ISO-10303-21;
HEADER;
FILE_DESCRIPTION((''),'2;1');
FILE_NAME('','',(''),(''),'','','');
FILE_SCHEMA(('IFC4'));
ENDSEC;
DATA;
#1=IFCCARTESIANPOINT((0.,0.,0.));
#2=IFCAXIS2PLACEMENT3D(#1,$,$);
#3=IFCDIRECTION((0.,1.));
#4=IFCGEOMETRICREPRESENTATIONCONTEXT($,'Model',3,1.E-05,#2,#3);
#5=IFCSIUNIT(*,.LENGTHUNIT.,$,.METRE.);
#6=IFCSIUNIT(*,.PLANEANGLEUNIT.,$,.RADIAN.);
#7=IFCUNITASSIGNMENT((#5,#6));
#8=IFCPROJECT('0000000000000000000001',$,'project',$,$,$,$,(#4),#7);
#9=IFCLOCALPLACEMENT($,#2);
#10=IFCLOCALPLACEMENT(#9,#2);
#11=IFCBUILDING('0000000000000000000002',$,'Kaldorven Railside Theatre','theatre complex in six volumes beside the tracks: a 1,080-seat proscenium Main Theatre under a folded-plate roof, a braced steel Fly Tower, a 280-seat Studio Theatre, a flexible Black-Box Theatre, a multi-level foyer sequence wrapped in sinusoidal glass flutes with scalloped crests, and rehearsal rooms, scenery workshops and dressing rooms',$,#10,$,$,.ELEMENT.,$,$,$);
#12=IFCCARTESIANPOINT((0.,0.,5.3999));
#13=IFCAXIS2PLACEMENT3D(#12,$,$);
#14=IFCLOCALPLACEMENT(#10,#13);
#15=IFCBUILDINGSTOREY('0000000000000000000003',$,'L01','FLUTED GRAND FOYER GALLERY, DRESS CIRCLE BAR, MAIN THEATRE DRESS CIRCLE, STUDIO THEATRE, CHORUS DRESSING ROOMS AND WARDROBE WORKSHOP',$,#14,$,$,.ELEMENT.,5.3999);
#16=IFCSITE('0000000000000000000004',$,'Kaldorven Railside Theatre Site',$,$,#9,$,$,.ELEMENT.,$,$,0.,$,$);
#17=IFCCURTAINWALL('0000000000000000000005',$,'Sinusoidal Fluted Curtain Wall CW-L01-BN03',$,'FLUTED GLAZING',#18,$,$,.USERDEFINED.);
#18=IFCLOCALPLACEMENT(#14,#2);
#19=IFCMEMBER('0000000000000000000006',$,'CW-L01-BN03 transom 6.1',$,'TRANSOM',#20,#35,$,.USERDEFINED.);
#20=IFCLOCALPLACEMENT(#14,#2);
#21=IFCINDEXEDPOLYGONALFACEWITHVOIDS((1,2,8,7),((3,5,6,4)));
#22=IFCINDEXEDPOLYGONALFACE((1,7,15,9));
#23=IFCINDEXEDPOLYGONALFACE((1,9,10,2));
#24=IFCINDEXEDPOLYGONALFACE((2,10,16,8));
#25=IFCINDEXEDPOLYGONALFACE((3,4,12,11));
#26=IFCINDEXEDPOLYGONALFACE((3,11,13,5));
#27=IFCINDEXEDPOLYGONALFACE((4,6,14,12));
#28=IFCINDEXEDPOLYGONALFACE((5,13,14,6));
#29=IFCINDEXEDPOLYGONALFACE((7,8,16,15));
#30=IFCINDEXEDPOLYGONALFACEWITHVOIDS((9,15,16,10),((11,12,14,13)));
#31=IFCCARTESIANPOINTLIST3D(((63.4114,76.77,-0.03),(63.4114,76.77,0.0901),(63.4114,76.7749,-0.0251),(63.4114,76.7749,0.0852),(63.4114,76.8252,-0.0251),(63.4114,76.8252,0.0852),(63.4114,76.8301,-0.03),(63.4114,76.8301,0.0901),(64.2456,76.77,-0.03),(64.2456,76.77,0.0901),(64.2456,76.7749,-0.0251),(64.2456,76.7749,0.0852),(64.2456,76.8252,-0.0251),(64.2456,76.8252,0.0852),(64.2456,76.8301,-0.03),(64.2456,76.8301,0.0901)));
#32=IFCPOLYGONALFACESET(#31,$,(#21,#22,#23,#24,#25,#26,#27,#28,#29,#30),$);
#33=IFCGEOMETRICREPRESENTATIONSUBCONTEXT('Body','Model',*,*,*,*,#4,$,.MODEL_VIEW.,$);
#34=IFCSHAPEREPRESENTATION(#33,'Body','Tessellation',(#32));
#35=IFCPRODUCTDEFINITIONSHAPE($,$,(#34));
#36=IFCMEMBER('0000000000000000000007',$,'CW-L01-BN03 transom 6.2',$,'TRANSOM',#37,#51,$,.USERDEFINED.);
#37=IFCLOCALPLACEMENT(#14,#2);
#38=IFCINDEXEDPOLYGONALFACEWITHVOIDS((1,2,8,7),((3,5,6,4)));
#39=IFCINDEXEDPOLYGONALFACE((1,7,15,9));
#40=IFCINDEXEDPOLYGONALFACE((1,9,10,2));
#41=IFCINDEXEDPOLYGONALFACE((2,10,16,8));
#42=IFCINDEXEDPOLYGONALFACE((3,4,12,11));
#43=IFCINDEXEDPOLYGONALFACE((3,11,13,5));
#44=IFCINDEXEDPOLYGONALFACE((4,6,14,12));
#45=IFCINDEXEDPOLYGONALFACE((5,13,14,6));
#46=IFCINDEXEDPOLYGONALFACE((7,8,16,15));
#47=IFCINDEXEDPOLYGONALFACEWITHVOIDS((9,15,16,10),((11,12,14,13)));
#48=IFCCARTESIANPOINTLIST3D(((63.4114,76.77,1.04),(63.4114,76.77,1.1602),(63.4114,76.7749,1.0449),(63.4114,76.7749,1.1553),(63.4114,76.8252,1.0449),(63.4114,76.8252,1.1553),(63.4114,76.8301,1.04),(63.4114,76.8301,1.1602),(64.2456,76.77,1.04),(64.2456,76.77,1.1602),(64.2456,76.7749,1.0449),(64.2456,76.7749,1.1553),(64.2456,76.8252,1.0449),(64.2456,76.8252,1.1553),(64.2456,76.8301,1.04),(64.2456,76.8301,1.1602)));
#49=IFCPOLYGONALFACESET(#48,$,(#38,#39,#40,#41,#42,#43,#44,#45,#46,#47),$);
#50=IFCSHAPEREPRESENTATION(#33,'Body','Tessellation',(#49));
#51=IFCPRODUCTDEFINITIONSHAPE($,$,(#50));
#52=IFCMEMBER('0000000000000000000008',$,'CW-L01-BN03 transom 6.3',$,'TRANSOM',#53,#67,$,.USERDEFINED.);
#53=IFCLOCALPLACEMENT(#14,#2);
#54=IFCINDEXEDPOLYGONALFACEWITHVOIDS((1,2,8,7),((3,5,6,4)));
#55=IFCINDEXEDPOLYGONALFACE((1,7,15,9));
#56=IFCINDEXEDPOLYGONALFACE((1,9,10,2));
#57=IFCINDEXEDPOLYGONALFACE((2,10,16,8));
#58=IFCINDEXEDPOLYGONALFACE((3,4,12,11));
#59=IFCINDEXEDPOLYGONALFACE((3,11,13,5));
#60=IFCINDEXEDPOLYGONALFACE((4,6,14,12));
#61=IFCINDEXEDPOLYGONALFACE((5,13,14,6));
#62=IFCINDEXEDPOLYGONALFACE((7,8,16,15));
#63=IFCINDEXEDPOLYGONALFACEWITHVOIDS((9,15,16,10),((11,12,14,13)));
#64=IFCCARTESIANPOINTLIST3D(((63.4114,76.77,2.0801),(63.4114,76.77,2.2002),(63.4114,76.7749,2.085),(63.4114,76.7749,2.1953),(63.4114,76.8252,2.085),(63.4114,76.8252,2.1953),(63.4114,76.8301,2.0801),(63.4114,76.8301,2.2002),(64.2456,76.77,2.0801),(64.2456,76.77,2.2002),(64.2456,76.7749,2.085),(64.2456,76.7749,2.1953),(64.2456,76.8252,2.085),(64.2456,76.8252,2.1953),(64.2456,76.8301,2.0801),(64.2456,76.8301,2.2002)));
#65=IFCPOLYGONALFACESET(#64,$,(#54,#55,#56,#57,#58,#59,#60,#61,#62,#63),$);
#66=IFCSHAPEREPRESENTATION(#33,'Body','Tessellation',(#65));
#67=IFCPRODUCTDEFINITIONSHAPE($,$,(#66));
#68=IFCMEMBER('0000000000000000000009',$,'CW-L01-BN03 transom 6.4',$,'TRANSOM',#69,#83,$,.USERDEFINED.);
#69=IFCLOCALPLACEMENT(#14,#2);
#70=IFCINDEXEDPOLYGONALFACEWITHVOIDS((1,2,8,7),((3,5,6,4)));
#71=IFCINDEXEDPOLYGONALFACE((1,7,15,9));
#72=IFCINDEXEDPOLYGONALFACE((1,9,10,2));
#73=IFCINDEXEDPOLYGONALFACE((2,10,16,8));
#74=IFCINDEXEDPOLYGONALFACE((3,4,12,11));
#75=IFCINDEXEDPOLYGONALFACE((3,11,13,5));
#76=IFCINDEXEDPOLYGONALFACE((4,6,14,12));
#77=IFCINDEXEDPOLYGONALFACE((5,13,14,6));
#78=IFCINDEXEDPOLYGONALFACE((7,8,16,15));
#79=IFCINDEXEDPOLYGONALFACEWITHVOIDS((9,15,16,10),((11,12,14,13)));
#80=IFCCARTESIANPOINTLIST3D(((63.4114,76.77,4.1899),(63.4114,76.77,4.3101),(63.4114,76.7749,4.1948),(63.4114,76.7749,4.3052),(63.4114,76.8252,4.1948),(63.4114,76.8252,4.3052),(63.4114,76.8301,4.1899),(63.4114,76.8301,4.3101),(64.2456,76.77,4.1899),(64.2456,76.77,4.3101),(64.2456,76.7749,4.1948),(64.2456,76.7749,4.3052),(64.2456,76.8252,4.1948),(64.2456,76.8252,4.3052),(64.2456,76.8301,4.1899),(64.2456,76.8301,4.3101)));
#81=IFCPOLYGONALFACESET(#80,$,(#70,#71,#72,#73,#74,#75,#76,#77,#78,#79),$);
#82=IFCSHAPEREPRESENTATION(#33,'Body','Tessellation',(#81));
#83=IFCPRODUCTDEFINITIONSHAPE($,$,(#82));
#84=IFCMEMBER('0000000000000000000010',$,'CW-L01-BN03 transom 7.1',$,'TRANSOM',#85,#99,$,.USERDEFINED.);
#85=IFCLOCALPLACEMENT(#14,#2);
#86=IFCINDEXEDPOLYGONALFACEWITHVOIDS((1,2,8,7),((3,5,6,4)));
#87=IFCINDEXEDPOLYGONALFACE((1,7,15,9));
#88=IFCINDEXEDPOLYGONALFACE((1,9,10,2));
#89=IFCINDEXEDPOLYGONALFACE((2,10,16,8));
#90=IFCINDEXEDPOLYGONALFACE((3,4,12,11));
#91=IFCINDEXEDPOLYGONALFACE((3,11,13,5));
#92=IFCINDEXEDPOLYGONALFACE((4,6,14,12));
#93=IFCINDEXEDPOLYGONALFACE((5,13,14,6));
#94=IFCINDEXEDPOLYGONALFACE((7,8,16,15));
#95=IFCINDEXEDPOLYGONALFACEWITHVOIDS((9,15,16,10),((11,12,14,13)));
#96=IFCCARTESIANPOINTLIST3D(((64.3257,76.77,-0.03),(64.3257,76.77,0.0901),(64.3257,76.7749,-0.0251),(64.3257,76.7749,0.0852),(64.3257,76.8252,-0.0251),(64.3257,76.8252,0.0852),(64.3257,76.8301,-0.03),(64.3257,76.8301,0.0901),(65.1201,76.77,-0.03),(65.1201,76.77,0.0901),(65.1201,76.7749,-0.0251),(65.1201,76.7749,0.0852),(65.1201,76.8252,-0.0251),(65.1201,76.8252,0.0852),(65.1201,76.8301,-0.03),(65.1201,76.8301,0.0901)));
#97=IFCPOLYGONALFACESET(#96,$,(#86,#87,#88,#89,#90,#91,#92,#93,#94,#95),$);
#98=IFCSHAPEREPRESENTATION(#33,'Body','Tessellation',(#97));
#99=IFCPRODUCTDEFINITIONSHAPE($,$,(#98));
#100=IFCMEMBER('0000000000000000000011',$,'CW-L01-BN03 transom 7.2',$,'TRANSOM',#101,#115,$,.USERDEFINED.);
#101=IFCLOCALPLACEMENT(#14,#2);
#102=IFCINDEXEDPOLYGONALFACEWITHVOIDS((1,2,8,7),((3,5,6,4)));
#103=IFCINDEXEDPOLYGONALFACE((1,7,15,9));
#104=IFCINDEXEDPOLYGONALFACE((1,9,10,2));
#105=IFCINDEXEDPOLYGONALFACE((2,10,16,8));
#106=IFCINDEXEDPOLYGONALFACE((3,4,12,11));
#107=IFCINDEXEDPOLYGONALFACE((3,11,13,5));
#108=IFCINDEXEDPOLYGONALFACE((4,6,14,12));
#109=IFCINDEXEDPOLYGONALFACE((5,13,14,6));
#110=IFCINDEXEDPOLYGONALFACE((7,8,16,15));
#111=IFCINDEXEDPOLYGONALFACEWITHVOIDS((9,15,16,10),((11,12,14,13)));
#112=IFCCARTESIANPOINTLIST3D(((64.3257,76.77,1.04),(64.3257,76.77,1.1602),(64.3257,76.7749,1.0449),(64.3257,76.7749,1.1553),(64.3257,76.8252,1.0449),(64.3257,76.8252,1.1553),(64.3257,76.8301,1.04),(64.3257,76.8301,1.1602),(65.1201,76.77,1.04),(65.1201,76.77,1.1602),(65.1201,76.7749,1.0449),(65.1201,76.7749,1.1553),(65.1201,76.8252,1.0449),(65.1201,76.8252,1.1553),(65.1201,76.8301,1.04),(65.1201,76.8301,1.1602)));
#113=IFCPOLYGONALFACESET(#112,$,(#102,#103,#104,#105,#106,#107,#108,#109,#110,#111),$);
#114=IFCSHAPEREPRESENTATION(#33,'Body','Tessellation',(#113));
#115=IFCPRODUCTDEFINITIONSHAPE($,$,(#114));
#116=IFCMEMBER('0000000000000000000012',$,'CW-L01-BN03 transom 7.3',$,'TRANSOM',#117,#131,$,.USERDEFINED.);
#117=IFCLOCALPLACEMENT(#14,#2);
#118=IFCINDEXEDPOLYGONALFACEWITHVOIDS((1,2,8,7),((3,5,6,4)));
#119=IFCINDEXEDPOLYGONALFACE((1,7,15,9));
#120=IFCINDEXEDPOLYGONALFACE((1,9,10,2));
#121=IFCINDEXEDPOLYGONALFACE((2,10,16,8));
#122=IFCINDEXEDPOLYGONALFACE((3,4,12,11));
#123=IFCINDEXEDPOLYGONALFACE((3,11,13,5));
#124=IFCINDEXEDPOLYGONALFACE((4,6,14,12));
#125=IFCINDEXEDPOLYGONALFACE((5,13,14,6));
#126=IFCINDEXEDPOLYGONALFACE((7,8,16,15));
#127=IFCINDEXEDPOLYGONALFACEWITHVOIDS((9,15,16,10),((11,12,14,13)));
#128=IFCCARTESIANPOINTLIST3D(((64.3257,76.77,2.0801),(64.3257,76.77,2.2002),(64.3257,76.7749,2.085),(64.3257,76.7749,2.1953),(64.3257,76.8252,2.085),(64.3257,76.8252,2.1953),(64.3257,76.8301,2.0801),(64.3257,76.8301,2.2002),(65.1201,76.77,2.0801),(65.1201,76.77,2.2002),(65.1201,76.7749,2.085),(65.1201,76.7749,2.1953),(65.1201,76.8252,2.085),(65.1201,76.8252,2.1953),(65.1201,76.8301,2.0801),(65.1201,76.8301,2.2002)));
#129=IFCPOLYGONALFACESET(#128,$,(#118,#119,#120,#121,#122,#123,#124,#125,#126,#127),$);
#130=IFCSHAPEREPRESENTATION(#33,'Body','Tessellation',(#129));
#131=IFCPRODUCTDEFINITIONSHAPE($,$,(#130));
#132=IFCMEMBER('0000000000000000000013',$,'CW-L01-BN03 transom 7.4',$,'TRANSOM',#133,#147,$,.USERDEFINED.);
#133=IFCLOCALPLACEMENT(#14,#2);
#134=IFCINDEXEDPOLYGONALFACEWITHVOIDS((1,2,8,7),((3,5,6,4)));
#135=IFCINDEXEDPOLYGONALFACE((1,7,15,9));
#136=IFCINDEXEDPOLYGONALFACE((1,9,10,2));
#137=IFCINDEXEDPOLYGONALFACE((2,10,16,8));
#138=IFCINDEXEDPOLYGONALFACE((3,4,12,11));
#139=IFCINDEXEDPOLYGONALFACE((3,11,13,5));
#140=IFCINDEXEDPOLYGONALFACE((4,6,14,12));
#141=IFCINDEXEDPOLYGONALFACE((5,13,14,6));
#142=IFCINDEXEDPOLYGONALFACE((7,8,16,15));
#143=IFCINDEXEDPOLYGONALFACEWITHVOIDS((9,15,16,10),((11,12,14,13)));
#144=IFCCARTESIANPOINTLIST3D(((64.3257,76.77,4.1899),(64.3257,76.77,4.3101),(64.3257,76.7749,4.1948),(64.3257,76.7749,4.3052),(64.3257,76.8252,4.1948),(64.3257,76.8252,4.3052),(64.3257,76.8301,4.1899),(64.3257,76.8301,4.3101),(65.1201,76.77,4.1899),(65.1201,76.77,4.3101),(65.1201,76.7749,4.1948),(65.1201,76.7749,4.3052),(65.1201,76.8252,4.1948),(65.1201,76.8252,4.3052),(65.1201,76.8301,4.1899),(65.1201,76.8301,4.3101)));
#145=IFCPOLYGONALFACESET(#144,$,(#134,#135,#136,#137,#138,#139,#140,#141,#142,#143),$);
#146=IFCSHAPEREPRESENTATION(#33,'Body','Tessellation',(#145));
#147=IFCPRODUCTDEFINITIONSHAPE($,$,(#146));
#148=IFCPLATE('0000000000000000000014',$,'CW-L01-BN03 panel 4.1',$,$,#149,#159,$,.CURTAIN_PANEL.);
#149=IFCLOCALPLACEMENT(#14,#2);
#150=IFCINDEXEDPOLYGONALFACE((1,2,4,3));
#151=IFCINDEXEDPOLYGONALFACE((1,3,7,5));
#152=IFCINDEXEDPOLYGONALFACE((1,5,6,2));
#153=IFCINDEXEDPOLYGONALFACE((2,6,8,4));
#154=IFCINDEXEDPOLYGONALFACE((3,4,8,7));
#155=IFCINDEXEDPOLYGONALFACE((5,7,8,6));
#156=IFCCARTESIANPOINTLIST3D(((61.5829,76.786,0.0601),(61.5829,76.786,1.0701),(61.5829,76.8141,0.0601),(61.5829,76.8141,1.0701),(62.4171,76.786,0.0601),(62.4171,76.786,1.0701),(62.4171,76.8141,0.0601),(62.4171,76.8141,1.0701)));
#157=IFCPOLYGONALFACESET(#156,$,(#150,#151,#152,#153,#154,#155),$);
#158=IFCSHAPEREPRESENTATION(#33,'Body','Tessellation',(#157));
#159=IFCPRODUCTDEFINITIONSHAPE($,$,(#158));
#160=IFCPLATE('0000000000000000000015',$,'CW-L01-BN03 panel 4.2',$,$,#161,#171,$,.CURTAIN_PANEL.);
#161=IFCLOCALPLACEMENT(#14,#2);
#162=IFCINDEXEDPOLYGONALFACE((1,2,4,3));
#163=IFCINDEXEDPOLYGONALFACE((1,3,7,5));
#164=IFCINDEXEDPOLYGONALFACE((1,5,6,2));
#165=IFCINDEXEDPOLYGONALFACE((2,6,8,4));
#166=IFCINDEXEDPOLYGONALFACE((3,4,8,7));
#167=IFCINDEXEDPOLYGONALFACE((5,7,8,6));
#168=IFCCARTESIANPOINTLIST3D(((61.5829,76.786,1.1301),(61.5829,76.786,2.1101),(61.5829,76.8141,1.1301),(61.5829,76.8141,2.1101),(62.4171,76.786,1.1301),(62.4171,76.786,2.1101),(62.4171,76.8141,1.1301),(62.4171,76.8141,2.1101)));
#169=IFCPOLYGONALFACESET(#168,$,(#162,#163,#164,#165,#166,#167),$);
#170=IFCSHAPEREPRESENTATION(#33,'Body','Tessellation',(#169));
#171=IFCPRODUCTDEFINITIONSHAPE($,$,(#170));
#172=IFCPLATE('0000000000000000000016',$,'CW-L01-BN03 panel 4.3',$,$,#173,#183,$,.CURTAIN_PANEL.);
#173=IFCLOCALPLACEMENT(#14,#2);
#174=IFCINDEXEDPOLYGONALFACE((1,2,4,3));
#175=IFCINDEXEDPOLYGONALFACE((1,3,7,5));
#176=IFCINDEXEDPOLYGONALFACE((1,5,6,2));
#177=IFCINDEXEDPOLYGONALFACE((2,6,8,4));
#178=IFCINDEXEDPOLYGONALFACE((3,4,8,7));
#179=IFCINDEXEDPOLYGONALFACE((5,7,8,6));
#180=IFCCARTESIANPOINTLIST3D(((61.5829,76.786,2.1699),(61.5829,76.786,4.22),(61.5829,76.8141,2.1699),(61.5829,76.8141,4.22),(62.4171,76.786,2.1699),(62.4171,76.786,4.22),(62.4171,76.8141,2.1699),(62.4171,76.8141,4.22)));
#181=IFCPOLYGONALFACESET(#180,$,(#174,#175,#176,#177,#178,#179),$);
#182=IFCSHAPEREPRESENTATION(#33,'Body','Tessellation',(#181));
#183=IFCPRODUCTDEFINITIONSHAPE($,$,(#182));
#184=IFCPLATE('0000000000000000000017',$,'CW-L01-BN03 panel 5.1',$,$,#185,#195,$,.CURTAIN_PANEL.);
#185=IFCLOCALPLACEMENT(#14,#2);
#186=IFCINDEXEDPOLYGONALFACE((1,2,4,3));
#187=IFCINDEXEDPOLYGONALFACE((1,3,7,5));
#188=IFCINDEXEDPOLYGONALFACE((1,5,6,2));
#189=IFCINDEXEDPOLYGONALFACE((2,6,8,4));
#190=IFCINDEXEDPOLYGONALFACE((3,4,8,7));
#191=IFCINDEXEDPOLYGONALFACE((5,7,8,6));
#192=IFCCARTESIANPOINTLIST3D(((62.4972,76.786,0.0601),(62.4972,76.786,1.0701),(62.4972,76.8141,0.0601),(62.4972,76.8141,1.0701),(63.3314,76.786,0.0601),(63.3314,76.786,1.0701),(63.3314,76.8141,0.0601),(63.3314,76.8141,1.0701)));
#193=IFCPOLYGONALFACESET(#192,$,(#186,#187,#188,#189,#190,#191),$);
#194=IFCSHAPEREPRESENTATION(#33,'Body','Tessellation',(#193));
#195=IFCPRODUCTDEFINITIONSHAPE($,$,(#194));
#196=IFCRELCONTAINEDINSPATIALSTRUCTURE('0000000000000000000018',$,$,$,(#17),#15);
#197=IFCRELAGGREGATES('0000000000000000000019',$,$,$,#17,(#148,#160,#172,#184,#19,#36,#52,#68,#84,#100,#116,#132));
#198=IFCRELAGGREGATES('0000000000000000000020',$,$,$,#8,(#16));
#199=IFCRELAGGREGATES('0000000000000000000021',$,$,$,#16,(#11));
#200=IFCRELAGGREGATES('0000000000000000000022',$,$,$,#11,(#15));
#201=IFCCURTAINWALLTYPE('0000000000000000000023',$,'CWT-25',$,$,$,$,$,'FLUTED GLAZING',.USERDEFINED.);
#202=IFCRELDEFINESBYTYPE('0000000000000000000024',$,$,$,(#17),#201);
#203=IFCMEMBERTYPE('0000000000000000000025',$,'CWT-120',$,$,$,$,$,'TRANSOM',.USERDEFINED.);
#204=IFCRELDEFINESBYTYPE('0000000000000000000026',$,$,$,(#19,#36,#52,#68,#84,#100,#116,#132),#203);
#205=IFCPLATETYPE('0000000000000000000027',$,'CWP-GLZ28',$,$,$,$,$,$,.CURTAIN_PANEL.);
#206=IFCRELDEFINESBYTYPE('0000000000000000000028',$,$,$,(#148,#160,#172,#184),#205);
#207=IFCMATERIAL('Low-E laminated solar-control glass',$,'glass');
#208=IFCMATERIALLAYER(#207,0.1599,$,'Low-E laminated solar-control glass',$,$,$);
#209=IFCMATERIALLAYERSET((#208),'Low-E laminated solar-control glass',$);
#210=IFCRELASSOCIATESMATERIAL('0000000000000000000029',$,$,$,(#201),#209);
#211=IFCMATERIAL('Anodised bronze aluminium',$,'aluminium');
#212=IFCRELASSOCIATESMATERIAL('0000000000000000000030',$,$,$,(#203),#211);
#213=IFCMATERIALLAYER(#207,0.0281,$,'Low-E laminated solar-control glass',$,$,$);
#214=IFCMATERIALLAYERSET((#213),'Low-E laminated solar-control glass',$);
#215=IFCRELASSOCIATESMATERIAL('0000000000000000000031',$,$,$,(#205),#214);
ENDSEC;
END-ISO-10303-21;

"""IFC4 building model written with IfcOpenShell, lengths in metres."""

from ifc_helpers import new_model, si_unit, direction, frame, origin, origin_2d, place, context, subcontext, project, spatial, rectangle, hollow_rectangle, extrude, material, layer, layer_set, material_profile, profile_set, type_object, element, aggregate, save


model = new_model("IFC4")

# Units and contexts
model_context = context("Model", 3, precision=1e-05, world=origin(), true_north=direction((0.0, 1.0)))
body_context = subcontext(model_context, "Body", "Model", "MODEL_VIEW")
ifc_project = project(units=[si_unit("LENGTHUNIT", "METRE"), si_unit("PLANEANGLEUNIT", "RADIAN")], contexts=[model_context])

# Site, building, storey
site_placement = place(None, origin())
site = spatial("IfcSite", under=ifc_project, at=site_placement, Name="Kaldorven Railside Theatre Site", CompositionType="ELEMENT", RefElevation=0.0)
building_placement = place(site_placement, origin())
building = spatial("IfcBuilding", under=site, at=building_placement, Name="Kaldorven Railside Theatre", Description="theatre complex in six volumes beside the tracks: a 1,080-seat proscenium Main Theatre under a folded-plate roof, a braced steel Fly Tower, a 280-seat Studio Theatre, a flexible Black-Box Theatre, a multi-level foyer sequence wrapped in sinusoidal glass flutes with scalloped crests, and rehearsal rooms, scenery workshops and dressing rooms", CompositionType="ELEMENT")
storey_placement = place(building_placement, frame((0.0, 0.0, 5.3999)))
storey = spatial("IfcBuildingStorey", under=building, at=storey_placement, Name="L01", Description="FLUTED GRAND FOYER GALLERY, DRESS CIRCLE BAR, MAIN THEATRE DRESS CIRCLE, STUDIO THEATRE, CHORUS DRESSING ROOMS AND WARDROBE WORKSHOP", CompositionType="ELEMENT", Elevation=5.3999)

# Curtain wall, members, plates
ifc_material_1 = material(Name="Low-E laminated solar-control glass", Category="glass")
ifc_layer_1 = layer(ifc_material_1, 0.1599, Name="Low-E laminated solar-control glass")
ifc_layer_set_1 = layer_set([ifc_layer_1], Name="Low-E laminated solar-control glass")
curtain_wall_type = type_object("IfcCurtainWallType", Name="CWT-25", ElementType="FLUTED GLAZING", PredefinedType="USERDEFINED", material=ifc_layer_set_1)
curtain_wall_placement = place(storey_placement, origin())
curtain_wall = element("IfcCurtainWall", 1, at=curtain_wall_placement, inside=storey, type_object=curtain_wall_type, Name="Sinusoidal Fluted Curtain Wall CW-L01-BN03", ObjectType="FLUTED GLAZING", PredefinedType="USERDEFINED")
ifc_material_2 = material(Name="Anodised bronze aluminium", Category="aluminium")
ifc_material_profile_1 = material_profile(ifc_material_2, hollow_rectangle(XDim=0.0601, YDim=0.1201, WallThickness=0.0049, at=origin_2d()), Name="RHS 120x60x5")
ifc_profile_set_1 = profile_set([ifc_material_profile_1], Name="Anodised bronze aluminium")
member_type_1 = type_object("IfcMemberType", Name="CWT-120", ElementType="TRANSOM", PredefinedType="USERDEFINED", material=ifc_profile_set_1)
member_1_placement = place(storey_placement, frame((63.4114, 76.8, 0.03), z_axis=(1.0, 0.0, 0.0), x_axis=(0.0, 1.0, 0.0)))
member_1 = element("IfcMember", 2, at=member_1_placement, type_object=member_type_1, Name="CW-L01-BN03 transom 6.1", ObjectType="TRANSOM", PredefinedType="USERDEFINED", context=body_context, shape_type="SweptSolid", body=[
    extrude(hollow_rectangle(XDim=0.0601, YDim=0.1201, WallThickness=0.0049, at=origin_2d()), origin(), (0.0, 0.0, 1.0), 0.8342),
])
member_2_placement = place(storey_placement, frame((63.4114, 76.8, 1.1001), z_axis=(1.0, 0.0, 0.0), x_axis=(0.0, 1.0, 0.0)))
member_2 = element("IfcMember", 3, at=member_2_placement, type_object=member_type_1, Name="CW-L01-BN03 transom 6.2", ObjectType="TRANSOM", PredefinedType="USERDEFINED", context=body_context, shape_type="SweptSolid", body=[
    extrude(hollow_rectangle(XDim=0.0601, YDim=0.1201, WallThickness=0.0049, at=origin_2d()), origin(), (0.0, 0.0, 1.0), 0.8342),
])
member_3_placement = place(storey_placement, frame((63.4114, 76.8, 2.1401), z_axis=(1.0, 0.0, 0.0), x_axis=(0.0, 1.0, 0.0)))
member_3 = element("IfcMember", 4, at=member_3_placement, type_object=member_type_1, Name="CW-L01-BN03 transom 6.3", ObjectType="TRANSOM", PredefinedType="USERDEFINED", context=body_context, shape_type="SweptSolid", body=[
    extrude(hollow_rectangle(XDim=0.0601, YDim=0.1201, WallThickness=0.0049, at=origin_2d()), origin(), (0.0, 0.0, 1.0), 0.8342),
])
member_4_placement = place(storey_placement, frame((63.4114, 76.8, 4.25), z_axis=(1.0, 0.0, 0.0), x_axis=(0.0, 1.0, 0.0)))
member_4 = element("IfcMember", 5, at=member_4_placement, type_object=member_type_1, Name="CW-L01-BN03 transom 6.4", ObjectType="TRANSOM", PredefinedType="USERDEFINED", context=body_context, shape_type="SweptSolid", body=[
    extrude(hollow_rectangle(XDim=0.0601, YDim=0.1201, WallThickness=0.0049, at=origin_2d()), origin(), (0.0, 0.0, 1.0), 0.8342),
])
member_5_placement = place(storey_placement, frame((64.3257, 76.8, 0.03), z_axis=(1.0, 0.0, 0.0), x_axis=(0.0, 1.0, 0.0)))
member_5 = element("IfcMember", 6, at=member_5_placement, type_object=member_type_1, Name="CW-L01-BN03 transom 7.1", ObjectType="TRANSOM", PredefinedType="USERDEFINED", context=body_context, shape_type="SweptSolid", body=[
    extrude(hollow_rectangle(XDim=0.0601, YDim=0.1201, WallThickness=0.0049, at=origin_2d()), origin(), (0.0, 0.0, 1.0), 0.7944),
])
member_6_placement = place(storey_placement, frame((64.3257, 76.8, 1.1001), z_axis=(1.0, 0.0, 0.0), x_axis=(0.0, 1.0, 0.0)))
member_6 = element("IfcMember", 7, at=member_6_placement, type_object=member_type_1, Name="CW-L01-BN03 transom 7.2", ObjectType="TRANSOM", PredefinedType="USERDEFINED", context=body_context, shape_type="SweptSolid", body=[
    extrude(hollow_rectangle(XDim=0.0601, YDim=0.1201, WallThickness=0.0049, at=origin_2d()), origin(), (0.0, 0.0, 1.0), 0.7944),
])
member_7_placement = place(storey_placement, frame((64.3257, 76.8, 2.1401), z_axis=(1.0, 0.0, 0.0), x_axis=(0.0, 1.0, 0.0)))
member_7 = element("IfcMember", 8, at=member_7_placement, type_object=member_type_1, Name="CW-L01-BN03 transom 7.3", ObjectType="TRANSOM", PredefinedType="USERDEFINED", context=body_context, shape_type="SweptSolid", body=[
    extrude(hollow_rectangle(XDim=0.0601, YDim=0.1201, WallThickness=0.0049, at=origin_2d()), origin(), (0.0, 0.0, 1.0), 0.7944),
])
member_8_placement = place(storey_placement, frame((64.3257, 76.8, 4.25), z_axis=(1.0, 0.0, 0.0), x_axis=(0.0, 1.0, 0.0)))
member_8 = element("IfcMember", 9, at=member_8_placement, type_object=member_type_1, Name="CW-L01-BN03 transom 7.4", ObjectType="TRANSOM", PredefinedType="USERDEFINED", context=body_context, shape_type="SweptSolid", body=[
    extrude(hollow_rectangle(XDim=0.0601, YDim=0.1201, WallThickness=0.0049, at=origin_2d()), origin(), (0.0, 0.0, 1.0), 0.7944),
])
ifc_layer_2 = layer(ifc_material_1, 0.0281, Name="Low-E laminated solar-control glass")
ifc_layer_set_2 = layer_set([ifc_layer_2], Name="Low-E laminated solar-control glass")
plate_type = type_object("IfcPlateType", Name="CWP-GLZ28", PredefinedType="CURTAIN_PANEL", material=ifc_layer_set_2)
plate_1_placement = place(storey_placement, frame((62.0, 76.8, 0.0601), z_axis=(0.0, 0.0, 1.0), x_axis=(1.0, 0.0, 0.0)))
plate_1 = element("IfcPlate", 10, at=plate_1_placement, type_object=plate_type, Name="CW-L01-BN03 panel 4.1", PredefinedType="CURTAIN_PANEL", context=body_context, shape_type="SweptSolid", body=[
    extrude(rectangle(XDim=0.8342, YDim=0.0281, at=origin_2d()), origin(), (0.0, 0.0, 1.0), 1.01),
])
plate_2_placement = place(storey_placement, frame((62.0, 76.8, 1.1301), z_axis=(0.0, 0.0, 1.0), x_axis=(1.0, 0.0, 0.0)))
plate_2 = element("IfcPlate", 11, at=plate_2_placement, type_object=plate_type, Name="CW-L01-BN03 panel 4.2", PredefinedType="CURTAIN_PANEL", context=body_context, shape_type="SweptSolid", body=[
    extrude(rectangle(XDim=0.8342, YDim=0.0281, at=origin_2d()), origin(), (0.0, 0.0, 1.0), 0.98),
])
plate_3_placement = place(storey_placement, frame((62.0, 76.8, 2.1699), z_axis=(0.0, 0.0, 1.0), x_axis=(1.0, 0.0, 0.0)))
plate_3 = element("IfcPlate", 12, at=plate_3_placement, type_object=plate_type, Name="CW-L01-BN03 panel 4.3", PredefinedType="CURTAIN_PANEL", context=body_context, shape_type="SweptSolid", body=[
    extrude(rectangle(XDim=0.8342, YDim=0.0281, at=origin_2d()), origin(), (0.0, 0.0, 1.0), 2.05),
])
plate_4_placement = place(storey_placement, frame((62.9143, 76.8, 0.0601), z_axis=(0.0, 0.0, 1.0), x_axis=(1.0, 0.0, 0.0)))
plate_4 = element("IfcPlate", 13, at=plate_4_placement, type_object=plate_type, Name="CW-L01-BN03 panel 5.1", PredefinedType="CURTAIN_PANEL", context=body_context, shape_type="SweptSolid", body=[
    extrude(rectangle(XDim=0.8342, YDim=0.0281, at=origin_2d()), origin(), (0.0, 0.0, 1.0), 1.01),
])
aggregate(curtain_wall, [plate_1, plate_2, plate_3, plate_4, member_1, member_2, member_3, member_4, member_5, member_6, member_7, member_8])

save(model, "model.ifc")
